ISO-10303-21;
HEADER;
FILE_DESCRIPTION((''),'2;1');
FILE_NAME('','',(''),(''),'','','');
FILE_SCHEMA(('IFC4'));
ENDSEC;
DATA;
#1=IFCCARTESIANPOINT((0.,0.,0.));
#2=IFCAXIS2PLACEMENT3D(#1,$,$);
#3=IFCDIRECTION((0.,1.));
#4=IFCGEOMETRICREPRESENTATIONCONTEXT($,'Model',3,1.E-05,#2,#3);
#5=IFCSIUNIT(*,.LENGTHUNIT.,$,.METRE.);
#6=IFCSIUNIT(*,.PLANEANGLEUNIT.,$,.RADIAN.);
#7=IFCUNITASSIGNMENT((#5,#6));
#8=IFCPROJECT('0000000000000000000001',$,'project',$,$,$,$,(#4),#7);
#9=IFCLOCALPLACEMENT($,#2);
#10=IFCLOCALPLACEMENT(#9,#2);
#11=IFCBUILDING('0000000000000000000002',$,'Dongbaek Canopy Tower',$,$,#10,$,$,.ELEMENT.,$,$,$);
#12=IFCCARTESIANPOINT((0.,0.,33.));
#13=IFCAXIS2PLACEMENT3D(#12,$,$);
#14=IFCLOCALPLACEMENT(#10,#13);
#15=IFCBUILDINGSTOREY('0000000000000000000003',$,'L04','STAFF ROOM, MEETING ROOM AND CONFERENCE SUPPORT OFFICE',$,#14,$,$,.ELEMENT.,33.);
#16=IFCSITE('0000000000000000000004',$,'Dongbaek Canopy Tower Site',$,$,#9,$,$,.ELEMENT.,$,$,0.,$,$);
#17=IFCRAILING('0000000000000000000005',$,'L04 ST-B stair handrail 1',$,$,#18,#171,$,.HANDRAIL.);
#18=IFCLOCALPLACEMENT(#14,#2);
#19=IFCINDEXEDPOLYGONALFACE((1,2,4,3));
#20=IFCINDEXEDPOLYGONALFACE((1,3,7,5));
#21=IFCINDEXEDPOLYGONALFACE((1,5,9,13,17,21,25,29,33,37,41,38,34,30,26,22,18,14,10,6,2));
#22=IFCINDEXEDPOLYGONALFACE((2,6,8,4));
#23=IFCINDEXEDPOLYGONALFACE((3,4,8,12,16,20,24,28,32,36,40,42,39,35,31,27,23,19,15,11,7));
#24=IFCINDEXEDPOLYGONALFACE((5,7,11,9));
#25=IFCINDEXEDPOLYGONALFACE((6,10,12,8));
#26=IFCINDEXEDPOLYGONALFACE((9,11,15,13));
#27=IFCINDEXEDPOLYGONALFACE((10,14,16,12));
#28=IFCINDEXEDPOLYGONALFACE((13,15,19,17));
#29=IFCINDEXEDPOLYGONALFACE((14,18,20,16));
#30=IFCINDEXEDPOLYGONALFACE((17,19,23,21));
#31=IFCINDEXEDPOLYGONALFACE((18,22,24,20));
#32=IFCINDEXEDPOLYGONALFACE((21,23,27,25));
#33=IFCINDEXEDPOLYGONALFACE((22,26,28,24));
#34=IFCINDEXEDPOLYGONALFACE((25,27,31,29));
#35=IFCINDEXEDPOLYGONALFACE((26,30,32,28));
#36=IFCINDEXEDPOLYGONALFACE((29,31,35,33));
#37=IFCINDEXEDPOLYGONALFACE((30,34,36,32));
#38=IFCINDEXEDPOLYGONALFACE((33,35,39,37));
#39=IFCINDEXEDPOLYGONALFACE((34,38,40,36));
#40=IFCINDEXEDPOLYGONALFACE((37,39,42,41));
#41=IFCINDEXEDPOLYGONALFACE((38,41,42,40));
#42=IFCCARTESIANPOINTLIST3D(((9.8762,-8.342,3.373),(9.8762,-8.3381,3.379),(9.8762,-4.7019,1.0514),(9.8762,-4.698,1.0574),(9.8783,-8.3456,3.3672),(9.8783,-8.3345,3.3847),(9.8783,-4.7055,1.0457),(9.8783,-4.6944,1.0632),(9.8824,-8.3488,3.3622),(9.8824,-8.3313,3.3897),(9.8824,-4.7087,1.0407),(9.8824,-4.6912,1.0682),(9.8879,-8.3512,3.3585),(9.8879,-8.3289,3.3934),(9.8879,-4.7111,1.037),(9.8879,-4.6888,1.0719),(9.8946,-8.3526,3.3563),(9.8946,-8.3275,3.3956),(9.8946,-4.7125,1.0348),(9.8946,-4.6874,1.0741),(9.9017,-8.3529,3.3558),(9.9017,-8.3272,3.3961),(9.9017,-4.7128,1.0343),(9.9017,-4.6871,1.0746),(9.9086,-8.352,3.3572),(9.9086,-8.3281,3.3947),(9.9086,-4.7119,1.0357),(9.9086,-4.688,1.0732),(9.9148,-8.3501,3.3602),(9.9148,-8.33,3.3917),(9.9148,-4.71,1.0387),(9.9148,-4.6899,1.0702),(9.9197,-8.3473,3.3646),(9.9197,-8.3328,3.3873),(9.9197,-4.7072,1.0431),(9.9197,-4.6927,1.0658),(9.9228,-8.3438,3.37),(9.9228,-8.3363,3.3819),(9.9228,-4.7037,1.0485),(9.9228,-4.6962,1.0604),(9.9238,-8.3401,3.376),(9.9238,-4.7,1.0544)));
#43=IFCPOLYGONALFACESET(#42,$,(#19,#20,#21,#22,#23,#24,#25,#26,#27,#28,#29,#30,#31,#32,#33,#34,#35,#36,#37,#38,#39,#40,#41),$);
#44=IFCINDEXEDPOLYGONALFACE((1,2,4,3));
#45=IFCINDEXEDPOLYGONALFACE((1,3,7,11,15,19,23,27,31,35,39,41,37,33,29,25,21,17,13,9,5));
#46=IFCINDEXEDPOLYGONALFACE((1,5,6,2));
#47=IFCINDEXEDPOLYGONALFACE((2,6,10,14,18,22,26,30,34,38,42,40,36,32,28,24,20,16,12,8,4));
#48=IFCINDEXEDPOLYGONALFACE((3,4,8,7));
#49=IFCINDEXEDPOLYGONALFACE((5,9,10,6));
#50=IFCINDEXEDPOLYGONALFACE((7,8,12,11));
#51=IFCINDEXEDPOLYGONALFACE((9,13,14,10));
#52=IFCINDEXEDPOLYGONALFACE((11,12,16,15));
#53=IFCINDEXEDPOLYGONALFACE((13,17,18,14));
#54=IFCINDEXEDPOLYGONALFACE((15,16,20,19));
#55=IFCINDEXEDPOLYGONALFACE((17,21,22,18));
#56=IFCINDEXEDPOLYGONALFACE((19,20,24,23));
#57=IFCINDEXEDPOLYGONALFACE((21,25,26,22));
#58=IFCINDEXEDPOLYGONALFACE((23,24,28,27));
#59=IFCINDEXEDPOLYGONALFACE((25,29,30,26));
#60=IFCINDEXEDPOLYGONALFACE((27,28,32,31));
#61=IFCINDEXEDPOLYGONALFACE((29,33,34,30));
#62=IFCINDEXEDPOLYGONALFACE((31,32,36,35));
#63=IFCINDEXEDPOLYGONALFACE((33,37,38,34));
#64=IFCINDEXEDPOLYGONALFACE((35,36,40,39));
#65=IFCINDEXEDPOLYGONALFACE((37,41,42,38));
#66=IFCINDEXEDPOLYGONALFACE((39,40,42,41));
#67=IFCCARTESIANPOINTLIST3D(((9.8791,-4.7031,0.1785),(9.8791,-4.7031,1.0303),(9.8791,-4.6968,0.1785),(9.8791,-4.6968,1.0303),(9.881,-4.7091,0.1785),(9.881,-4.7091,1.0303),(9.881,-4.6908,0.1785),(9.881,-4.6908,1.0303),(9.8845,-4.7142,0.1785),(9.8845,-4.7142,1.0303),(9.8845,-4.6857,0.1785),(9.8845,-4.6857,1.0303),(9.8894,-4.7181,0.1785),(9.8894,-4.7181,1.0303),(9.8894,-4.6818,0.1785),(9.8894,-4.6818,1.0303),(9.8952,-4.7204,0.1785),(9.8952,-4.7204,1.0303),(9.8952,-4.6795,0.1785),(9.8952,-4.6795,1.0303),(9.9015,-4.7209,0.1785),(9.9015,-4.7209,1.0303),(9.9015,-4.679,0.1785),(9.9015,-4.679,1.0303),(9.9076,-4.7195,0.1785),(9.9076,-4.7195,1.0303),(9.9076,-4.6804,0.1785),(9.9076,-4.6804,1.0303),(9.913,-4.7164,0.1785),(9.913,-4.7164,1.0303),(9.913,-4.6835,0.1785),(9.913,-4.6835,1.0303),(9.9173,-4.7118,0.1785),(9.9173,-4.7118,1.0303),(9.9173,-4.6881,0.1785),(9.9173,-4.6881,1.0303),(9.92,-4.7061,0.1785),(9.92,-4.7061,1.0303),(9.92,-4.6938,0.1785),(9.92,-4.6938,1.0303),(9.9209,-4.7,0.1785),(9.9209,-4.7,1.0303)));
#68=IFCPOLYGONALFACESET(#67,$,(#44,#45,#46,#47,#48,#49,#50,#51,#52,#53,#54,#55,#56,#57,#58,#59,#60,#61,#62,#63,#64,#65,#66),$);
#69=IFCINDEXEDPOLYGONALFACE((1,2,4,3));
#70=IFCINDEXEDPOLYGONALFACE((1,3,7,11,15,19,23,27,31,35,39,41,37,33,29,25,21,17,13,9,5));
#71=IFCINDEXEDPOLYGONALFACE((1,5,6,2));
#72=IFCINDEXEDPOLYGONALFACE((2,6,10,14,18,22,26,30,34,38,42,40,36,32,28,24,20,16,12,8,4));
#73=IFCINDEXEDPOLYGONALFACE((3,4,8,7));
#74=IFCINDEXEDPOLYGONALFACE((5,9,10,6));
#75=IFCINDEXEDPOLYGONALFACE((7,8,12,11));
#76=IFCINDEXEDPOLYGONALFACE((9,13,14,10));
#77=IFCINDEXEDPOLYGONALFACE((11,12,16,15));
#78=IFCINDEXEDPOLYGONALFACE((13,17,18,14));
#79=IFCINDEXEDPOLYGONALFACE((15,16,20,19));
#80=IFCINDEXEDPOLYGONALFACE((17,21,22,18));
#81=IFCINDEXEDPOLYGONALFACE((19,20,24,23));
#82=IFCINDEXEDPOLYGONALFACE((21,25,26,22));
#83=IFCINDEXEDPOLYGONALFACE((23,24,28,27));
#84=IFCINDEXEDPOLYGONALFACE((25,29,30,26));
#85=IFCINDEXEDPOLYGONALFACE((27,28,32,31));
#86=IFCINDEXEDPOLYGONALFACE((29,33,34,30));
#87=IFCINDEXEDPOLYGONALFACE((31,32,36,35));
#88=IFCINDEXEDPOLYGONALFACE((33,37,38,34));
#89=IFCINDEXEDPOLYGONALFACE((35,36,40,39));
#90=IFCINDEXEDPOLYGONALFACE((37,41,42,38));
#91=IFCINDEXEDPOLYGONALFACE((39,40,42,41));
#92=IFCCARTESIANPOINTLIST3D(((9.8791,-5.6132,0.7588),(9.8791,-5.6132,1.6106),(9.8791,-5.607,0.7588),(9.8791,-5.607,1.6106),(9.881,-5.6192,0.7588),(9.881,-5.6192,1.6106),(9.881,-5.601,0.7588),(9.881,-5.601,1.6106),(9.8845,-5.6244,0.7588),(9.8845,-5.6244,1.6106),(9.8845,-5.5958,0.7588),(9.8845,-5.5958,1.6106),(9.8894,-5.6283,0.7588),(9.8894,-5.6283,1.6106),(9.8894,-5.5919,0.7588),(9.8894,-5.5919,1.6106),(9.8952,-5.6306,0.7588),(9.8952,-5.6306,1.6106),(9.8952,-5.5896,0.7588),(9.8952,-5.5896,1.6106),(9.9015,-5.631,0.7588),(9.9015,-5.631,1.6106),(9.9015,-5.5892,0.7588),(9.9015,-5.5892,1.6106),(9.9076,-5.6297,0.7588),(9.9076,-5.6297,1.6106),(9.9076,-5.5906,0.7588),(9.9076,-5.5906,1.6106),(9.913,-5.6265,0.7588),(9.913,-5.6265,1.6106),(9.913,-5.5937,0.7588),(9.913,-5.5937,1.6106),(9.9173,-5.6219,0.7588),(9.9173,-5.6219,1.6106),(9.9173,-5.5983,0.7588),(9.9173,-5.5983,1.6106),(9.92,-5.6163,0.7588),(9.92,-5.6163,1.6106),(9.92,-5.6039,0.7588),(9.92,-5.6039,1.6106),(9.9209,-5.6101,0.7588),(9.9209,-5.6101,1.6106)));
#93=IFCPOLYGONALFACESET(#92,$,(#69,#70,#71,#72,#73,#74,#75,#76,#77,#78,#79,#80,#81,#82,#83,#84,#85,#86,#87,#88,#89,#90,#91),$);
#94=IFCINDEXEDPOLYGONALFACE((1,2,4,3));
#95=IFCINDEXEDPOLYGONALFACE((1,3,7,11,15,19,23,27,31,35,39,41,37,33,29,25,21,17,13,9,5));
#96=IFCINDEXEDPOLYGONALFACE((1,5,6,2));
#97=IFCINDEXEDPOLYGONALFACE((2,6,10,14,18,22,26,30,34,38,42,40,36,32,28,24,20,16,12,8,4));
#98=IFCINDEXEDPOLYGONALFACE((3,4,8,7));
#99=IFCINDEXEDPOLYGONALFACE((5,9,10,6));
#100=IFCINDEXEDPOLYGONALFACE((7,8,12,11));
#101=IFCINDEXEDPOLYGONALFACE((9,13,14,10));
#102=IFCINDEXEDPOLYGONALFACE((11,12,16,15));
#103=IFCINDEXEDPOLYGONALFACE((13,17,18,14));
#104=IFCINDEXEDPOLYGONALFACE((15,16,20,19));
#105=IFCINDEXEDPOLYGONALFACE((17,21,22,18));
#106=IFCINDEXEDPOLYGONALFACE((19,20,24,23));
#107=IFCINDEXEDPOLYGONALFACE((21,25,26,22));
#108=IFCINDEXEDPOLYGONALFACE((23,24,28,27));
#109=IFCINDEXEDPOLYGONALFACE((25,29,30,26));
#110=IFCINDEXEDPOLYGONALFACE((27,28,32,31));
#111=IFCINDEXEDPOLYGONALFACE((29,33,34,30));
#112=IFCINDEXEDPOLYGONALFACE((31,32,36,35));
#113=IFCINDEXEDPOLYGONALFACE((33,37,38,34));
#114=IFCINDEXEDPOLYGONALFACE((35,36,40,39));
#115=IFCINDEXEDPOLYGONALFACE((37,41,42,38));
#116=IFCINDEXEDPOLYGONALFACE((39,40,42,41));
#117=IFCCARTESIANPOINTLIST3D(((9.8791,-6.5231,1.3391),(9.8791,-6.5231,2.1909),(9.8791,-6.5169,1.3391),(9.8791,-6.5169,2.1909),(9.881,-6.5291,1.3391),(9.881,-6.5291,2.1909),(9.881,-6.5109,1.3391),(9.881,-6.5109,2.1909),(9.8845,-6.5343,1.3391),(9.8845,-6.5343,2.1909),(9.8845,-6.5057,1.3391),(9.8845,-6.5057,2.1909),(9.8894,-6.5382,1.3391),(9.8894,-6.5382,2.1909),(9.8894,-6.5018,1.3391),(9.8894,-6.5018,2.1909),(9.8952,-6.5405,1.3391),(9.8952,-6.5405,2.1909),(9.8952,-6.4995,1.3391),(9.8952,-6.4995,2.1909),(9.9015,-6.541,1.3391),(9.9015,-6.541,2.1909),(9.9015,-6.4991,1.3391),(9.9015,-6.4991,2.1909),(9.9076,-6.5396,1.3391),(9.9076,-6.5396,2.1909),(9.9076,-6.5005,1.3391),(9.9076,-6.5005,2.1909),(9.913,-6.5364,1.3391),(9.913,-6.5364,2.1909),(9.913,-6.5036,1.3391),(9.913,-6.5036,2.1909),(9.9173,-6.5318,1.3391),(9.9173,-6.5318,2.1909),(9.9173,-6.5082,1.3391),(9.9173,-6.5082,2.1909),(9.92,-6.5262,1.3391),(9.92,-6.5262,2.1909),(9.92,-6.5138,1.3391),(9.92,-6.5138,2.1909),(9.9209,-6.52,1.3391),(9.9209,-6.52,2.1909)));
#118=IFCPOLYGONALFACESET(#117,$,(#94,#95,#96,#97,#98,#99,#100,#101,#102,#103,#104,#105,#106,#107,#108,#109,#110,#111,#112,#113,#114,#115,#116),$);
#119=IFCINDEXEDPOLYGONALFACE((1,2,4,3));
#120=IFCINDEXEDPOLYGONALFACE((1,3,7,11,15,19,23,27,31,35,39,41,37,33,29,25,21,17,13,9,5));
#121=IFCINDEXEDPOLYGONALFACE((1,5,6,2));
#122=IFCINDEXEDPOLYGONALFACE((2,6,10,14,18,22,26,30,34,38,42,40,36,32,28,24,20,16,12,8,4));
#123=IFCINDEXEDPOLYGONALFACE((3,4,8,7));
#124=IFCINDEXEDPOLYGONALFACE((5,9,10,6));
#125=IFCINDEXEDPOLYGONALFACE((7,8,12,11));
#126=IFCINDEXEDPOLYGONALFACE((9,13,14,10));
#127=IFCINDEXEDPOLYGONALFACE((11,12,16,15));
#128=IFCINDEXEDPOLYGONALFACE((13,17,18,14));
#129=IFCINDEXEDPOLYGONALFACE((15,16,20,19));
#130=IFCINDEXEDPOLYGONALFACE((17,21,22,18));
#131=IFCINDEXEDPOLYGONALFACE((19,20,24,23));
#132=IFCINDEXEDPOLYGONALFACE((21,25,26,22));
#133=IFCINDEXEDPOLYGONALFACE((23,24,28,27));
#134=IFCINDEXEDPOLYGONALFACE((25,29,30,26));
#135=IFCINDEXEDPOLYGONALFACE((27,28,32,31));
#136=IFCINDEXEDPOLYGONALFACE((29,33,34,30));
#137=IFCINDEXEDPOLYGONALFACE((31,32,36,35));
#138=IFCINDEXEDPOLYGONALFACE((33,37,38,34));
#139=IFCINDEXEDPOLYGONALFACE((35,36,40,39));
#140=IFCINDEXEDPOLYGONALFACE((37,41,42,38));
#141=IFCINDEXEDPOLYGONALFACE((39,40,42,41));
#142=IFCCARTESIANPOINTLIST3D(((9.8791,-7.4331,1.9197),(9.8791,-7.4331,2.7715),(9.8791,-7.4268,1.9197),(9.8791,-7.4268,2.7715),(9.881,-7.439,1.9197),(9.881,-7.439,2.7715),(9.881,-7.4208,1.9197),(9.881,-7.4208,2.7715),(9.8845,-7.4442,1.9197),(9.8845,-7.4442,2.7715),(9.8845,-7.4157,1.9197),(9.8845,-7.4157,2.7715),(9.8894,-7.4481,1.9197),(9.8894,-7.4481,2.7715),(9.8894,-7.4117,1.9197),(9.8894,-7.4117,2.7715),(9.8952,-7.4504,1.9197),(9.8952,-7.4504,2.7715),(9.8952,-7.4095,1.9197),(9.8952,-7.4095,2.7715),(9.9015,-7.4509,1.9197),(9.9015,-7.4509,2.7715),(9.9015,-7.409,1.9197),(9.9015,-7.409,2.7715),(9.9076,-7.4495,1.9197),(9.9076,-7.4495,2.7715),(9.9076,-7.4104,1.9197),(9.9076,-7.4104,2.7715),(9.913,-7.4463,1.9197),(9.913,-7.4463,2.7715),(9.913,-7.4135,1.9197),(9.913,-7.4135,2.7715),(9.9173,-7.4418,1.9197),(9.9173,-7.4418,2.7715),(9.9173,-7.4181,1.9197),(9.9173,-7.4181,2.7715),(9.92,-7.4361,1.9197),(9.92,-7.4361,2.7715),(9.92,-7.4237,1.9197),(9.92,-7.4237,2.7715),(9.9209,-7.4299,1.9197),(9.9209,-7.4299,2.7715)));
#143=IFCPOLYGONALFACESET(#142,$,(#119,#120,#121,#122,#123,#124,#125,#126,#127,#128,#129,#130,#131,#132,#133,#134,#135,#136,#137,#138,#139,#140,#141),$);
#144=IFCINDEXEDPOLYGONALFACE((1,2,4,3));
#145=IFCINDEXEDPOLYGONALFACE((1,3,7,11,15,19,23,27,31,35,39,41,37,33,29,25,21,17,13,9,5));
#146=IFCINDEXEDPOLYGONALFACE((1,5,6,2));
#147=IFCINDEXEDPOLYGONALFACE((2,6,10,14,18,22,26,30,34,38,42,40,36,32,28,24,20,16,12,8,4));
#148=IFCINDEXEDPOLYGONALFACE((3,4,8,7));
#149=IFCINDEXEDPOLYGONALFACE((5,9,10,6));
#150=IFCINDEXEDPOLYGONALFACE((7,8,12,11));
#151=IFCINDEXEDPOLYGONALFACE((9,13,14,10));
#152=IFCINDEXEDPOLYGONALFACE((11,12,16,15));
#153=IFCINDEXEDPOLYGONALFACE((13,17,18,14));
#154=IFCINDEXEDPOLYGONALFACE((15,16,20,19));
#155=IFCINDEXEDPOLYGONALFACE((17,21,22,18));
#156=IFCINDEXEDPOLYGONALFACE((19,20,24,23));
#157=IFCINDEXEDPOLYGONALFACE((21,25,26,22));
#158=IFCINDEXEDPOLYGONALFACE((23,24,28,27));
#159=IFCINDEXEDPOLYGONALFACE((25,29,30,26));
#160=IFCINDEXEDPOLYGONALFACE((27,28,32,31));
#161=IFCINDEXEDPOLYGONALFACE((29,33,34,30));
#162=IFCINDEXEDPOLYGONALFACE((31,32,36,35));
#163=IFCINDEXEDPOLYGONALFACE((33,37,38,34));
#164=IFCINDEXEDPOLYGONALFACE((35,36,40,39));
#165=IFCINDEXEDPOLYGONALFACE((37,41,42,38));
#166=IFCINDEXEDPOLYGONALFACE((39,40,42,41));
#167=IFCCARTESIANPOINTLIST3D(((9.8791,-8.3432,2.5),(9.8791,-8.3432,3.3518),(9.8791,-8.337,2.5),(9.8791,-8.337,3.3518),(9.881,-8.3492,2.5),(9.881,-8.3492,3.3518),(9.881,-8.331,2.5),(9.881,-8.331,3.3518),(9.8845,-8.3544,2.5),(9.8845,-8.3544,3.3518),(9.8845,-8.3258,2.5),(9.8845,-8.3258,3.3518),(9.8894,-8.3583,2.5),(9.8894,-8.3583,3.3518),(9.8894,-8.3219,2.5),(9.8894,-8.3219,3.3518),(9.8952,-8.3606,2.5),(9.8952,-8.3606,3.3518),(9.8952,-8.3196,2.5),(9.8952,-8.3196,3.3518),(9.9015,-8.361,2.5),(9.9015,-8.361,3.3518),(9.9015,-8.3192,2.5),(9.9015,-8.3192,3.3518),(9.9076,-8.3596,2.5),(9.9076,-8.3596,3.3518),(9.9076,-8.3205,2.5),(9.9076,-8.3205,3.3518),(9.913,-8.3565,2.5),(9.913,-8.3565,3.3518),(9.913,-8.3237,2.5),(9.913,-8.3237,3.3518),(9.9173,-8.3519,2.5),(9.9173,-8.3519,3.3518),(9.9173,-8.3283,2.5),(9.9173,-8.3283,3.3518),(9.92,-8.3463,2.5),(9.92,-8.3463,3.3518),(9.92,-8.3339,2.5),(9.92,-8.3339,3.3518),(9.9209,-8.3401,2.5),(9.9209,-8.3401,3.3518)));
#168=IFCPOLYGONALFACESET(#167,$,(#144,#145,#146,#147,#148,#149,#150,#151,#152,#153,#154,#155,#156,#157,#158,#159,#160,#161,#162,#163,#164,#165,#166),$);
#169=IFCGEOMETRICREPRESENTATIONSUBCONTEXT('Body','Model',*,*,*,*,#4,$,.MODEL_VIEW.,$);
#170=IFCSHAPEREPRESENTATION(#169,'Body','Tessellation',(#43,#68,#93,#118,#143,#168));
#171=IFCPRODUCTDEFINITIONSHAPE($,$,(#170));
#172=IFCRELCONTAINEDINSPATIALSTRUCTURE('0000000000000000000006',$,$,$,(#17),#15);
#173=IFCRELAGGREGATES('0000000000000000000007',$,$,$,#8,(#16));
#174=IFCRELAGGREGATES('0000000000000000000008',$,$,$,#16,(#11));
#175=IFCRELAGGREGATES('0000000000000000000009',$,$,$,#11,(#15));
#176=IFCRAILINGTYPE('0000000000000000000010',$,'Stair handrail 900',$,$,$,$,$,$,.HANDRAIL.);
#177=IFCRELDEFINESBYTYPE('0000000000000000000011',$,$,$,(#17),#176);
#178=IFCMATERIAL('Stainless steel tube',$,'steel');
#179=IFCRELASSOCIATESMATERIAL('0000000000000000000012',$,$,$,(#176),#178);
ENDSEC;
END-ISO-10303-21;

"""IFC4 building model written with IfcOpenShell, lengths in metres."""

from ifc_helpers import new_model, si_unit, direction, frame, origin, origin_2d, place, context, subcontext, project, spatial, circle, extrude, material, type_object, element, save


model = new_model("IFC4")

# Units and contexts
model_context = context("Model", 3, precision=1e-05, world=origin(), true_north=direction((0.0, 1.0)))
body_context = subcontext(model_context, "Body", "Model", "MODEL_VIEW")
ifc_project = project(units=[si_unit("LENGTHUNIT", "METRE"), si_unit("PLANEANGLEUNIT", "RADIAN")], contexts=[model_context])

# Site, building, storey
site_placement = place(None, origin())
site = spatial("IfcSite", under=ifc_project, at=site_placement, Name="Dongbaek Canopy Tower Site", CompositionType="ELEMENT", RefElevation=0.0)
building_placement = place(site_placement, origin())
building = spatial("IfcBuilding", under=site, at=building_placement, Name="Dongbaek Canopy Tower", CompositionType="ELEMENT")
storey_placement = place(building_placement, frame((0.0, 0.0, 33.0)))
storey = spatial("IfcBuildingStorey", under=building, at=storey_placement, Name="L04", Description="STAFF ROOM, MEETING ROOM AND CONFERENCE SUPPORT OFFICE", CompositionType="ELEMENT", Elevation=33.0)

# Railing
ifc_material_1 = material(Name="Stainless steel tube", Category="steel")
railing_type = type_object("IfcRailingType", Name="Stair handrail 900", PredefinedType="HANDRAIL", material=ifc_material_1)
railing_placement = place(storey_placement, frame((9.8999, -4.7, 0.1785)))
element("IfcRailing", 1, at=railing_placement, inside=storey, type_object=railing_type, Name="L04 ST-B stair handrail 1", PredefinedType="HANDRAIL", context=body_context, shape_type="SweptSolid", body=[
    extrude(circle(Radius=0.0239, at=origin_2d()), frame((0.0, 0.0, 0.876), z_axis=(0.0, -0.843128, 0.537713), x_axis=(1.0, 0.0, 0.0)), (0.0, 0.0, 1.0), 4.3174),
    extrude(circle(Radius=0.021, at=origin_2d()), origin(), (0.0, 0.0, 1.0), 0.8518),
    extrude(circle(Radius=0.021, at=origin_2d()), frame((0.0, -0.9102, 0.5803)), (0.0, 0.0, 1.0), 0.8518),
    extrude(circle(Radius=0.021, at=origin_2d()), frame((0.0, -1.8201, 1.1606)), (0.0, 0.0, 1.0), 0.8518),
    extrude(circle(Radius=0.021, at=origin_2d()), frame((0.0, -2.73, 1.7412)), (0.0, 0.0, 1.0), 0.8518),
    extrude(circle(Radius=0.021, at=origin_2d()), frame((0.0, -3.6401, 2.3215)), (0.0, 0.0, 1.0), 0.8518),
])

save(model, "model.ifc")
